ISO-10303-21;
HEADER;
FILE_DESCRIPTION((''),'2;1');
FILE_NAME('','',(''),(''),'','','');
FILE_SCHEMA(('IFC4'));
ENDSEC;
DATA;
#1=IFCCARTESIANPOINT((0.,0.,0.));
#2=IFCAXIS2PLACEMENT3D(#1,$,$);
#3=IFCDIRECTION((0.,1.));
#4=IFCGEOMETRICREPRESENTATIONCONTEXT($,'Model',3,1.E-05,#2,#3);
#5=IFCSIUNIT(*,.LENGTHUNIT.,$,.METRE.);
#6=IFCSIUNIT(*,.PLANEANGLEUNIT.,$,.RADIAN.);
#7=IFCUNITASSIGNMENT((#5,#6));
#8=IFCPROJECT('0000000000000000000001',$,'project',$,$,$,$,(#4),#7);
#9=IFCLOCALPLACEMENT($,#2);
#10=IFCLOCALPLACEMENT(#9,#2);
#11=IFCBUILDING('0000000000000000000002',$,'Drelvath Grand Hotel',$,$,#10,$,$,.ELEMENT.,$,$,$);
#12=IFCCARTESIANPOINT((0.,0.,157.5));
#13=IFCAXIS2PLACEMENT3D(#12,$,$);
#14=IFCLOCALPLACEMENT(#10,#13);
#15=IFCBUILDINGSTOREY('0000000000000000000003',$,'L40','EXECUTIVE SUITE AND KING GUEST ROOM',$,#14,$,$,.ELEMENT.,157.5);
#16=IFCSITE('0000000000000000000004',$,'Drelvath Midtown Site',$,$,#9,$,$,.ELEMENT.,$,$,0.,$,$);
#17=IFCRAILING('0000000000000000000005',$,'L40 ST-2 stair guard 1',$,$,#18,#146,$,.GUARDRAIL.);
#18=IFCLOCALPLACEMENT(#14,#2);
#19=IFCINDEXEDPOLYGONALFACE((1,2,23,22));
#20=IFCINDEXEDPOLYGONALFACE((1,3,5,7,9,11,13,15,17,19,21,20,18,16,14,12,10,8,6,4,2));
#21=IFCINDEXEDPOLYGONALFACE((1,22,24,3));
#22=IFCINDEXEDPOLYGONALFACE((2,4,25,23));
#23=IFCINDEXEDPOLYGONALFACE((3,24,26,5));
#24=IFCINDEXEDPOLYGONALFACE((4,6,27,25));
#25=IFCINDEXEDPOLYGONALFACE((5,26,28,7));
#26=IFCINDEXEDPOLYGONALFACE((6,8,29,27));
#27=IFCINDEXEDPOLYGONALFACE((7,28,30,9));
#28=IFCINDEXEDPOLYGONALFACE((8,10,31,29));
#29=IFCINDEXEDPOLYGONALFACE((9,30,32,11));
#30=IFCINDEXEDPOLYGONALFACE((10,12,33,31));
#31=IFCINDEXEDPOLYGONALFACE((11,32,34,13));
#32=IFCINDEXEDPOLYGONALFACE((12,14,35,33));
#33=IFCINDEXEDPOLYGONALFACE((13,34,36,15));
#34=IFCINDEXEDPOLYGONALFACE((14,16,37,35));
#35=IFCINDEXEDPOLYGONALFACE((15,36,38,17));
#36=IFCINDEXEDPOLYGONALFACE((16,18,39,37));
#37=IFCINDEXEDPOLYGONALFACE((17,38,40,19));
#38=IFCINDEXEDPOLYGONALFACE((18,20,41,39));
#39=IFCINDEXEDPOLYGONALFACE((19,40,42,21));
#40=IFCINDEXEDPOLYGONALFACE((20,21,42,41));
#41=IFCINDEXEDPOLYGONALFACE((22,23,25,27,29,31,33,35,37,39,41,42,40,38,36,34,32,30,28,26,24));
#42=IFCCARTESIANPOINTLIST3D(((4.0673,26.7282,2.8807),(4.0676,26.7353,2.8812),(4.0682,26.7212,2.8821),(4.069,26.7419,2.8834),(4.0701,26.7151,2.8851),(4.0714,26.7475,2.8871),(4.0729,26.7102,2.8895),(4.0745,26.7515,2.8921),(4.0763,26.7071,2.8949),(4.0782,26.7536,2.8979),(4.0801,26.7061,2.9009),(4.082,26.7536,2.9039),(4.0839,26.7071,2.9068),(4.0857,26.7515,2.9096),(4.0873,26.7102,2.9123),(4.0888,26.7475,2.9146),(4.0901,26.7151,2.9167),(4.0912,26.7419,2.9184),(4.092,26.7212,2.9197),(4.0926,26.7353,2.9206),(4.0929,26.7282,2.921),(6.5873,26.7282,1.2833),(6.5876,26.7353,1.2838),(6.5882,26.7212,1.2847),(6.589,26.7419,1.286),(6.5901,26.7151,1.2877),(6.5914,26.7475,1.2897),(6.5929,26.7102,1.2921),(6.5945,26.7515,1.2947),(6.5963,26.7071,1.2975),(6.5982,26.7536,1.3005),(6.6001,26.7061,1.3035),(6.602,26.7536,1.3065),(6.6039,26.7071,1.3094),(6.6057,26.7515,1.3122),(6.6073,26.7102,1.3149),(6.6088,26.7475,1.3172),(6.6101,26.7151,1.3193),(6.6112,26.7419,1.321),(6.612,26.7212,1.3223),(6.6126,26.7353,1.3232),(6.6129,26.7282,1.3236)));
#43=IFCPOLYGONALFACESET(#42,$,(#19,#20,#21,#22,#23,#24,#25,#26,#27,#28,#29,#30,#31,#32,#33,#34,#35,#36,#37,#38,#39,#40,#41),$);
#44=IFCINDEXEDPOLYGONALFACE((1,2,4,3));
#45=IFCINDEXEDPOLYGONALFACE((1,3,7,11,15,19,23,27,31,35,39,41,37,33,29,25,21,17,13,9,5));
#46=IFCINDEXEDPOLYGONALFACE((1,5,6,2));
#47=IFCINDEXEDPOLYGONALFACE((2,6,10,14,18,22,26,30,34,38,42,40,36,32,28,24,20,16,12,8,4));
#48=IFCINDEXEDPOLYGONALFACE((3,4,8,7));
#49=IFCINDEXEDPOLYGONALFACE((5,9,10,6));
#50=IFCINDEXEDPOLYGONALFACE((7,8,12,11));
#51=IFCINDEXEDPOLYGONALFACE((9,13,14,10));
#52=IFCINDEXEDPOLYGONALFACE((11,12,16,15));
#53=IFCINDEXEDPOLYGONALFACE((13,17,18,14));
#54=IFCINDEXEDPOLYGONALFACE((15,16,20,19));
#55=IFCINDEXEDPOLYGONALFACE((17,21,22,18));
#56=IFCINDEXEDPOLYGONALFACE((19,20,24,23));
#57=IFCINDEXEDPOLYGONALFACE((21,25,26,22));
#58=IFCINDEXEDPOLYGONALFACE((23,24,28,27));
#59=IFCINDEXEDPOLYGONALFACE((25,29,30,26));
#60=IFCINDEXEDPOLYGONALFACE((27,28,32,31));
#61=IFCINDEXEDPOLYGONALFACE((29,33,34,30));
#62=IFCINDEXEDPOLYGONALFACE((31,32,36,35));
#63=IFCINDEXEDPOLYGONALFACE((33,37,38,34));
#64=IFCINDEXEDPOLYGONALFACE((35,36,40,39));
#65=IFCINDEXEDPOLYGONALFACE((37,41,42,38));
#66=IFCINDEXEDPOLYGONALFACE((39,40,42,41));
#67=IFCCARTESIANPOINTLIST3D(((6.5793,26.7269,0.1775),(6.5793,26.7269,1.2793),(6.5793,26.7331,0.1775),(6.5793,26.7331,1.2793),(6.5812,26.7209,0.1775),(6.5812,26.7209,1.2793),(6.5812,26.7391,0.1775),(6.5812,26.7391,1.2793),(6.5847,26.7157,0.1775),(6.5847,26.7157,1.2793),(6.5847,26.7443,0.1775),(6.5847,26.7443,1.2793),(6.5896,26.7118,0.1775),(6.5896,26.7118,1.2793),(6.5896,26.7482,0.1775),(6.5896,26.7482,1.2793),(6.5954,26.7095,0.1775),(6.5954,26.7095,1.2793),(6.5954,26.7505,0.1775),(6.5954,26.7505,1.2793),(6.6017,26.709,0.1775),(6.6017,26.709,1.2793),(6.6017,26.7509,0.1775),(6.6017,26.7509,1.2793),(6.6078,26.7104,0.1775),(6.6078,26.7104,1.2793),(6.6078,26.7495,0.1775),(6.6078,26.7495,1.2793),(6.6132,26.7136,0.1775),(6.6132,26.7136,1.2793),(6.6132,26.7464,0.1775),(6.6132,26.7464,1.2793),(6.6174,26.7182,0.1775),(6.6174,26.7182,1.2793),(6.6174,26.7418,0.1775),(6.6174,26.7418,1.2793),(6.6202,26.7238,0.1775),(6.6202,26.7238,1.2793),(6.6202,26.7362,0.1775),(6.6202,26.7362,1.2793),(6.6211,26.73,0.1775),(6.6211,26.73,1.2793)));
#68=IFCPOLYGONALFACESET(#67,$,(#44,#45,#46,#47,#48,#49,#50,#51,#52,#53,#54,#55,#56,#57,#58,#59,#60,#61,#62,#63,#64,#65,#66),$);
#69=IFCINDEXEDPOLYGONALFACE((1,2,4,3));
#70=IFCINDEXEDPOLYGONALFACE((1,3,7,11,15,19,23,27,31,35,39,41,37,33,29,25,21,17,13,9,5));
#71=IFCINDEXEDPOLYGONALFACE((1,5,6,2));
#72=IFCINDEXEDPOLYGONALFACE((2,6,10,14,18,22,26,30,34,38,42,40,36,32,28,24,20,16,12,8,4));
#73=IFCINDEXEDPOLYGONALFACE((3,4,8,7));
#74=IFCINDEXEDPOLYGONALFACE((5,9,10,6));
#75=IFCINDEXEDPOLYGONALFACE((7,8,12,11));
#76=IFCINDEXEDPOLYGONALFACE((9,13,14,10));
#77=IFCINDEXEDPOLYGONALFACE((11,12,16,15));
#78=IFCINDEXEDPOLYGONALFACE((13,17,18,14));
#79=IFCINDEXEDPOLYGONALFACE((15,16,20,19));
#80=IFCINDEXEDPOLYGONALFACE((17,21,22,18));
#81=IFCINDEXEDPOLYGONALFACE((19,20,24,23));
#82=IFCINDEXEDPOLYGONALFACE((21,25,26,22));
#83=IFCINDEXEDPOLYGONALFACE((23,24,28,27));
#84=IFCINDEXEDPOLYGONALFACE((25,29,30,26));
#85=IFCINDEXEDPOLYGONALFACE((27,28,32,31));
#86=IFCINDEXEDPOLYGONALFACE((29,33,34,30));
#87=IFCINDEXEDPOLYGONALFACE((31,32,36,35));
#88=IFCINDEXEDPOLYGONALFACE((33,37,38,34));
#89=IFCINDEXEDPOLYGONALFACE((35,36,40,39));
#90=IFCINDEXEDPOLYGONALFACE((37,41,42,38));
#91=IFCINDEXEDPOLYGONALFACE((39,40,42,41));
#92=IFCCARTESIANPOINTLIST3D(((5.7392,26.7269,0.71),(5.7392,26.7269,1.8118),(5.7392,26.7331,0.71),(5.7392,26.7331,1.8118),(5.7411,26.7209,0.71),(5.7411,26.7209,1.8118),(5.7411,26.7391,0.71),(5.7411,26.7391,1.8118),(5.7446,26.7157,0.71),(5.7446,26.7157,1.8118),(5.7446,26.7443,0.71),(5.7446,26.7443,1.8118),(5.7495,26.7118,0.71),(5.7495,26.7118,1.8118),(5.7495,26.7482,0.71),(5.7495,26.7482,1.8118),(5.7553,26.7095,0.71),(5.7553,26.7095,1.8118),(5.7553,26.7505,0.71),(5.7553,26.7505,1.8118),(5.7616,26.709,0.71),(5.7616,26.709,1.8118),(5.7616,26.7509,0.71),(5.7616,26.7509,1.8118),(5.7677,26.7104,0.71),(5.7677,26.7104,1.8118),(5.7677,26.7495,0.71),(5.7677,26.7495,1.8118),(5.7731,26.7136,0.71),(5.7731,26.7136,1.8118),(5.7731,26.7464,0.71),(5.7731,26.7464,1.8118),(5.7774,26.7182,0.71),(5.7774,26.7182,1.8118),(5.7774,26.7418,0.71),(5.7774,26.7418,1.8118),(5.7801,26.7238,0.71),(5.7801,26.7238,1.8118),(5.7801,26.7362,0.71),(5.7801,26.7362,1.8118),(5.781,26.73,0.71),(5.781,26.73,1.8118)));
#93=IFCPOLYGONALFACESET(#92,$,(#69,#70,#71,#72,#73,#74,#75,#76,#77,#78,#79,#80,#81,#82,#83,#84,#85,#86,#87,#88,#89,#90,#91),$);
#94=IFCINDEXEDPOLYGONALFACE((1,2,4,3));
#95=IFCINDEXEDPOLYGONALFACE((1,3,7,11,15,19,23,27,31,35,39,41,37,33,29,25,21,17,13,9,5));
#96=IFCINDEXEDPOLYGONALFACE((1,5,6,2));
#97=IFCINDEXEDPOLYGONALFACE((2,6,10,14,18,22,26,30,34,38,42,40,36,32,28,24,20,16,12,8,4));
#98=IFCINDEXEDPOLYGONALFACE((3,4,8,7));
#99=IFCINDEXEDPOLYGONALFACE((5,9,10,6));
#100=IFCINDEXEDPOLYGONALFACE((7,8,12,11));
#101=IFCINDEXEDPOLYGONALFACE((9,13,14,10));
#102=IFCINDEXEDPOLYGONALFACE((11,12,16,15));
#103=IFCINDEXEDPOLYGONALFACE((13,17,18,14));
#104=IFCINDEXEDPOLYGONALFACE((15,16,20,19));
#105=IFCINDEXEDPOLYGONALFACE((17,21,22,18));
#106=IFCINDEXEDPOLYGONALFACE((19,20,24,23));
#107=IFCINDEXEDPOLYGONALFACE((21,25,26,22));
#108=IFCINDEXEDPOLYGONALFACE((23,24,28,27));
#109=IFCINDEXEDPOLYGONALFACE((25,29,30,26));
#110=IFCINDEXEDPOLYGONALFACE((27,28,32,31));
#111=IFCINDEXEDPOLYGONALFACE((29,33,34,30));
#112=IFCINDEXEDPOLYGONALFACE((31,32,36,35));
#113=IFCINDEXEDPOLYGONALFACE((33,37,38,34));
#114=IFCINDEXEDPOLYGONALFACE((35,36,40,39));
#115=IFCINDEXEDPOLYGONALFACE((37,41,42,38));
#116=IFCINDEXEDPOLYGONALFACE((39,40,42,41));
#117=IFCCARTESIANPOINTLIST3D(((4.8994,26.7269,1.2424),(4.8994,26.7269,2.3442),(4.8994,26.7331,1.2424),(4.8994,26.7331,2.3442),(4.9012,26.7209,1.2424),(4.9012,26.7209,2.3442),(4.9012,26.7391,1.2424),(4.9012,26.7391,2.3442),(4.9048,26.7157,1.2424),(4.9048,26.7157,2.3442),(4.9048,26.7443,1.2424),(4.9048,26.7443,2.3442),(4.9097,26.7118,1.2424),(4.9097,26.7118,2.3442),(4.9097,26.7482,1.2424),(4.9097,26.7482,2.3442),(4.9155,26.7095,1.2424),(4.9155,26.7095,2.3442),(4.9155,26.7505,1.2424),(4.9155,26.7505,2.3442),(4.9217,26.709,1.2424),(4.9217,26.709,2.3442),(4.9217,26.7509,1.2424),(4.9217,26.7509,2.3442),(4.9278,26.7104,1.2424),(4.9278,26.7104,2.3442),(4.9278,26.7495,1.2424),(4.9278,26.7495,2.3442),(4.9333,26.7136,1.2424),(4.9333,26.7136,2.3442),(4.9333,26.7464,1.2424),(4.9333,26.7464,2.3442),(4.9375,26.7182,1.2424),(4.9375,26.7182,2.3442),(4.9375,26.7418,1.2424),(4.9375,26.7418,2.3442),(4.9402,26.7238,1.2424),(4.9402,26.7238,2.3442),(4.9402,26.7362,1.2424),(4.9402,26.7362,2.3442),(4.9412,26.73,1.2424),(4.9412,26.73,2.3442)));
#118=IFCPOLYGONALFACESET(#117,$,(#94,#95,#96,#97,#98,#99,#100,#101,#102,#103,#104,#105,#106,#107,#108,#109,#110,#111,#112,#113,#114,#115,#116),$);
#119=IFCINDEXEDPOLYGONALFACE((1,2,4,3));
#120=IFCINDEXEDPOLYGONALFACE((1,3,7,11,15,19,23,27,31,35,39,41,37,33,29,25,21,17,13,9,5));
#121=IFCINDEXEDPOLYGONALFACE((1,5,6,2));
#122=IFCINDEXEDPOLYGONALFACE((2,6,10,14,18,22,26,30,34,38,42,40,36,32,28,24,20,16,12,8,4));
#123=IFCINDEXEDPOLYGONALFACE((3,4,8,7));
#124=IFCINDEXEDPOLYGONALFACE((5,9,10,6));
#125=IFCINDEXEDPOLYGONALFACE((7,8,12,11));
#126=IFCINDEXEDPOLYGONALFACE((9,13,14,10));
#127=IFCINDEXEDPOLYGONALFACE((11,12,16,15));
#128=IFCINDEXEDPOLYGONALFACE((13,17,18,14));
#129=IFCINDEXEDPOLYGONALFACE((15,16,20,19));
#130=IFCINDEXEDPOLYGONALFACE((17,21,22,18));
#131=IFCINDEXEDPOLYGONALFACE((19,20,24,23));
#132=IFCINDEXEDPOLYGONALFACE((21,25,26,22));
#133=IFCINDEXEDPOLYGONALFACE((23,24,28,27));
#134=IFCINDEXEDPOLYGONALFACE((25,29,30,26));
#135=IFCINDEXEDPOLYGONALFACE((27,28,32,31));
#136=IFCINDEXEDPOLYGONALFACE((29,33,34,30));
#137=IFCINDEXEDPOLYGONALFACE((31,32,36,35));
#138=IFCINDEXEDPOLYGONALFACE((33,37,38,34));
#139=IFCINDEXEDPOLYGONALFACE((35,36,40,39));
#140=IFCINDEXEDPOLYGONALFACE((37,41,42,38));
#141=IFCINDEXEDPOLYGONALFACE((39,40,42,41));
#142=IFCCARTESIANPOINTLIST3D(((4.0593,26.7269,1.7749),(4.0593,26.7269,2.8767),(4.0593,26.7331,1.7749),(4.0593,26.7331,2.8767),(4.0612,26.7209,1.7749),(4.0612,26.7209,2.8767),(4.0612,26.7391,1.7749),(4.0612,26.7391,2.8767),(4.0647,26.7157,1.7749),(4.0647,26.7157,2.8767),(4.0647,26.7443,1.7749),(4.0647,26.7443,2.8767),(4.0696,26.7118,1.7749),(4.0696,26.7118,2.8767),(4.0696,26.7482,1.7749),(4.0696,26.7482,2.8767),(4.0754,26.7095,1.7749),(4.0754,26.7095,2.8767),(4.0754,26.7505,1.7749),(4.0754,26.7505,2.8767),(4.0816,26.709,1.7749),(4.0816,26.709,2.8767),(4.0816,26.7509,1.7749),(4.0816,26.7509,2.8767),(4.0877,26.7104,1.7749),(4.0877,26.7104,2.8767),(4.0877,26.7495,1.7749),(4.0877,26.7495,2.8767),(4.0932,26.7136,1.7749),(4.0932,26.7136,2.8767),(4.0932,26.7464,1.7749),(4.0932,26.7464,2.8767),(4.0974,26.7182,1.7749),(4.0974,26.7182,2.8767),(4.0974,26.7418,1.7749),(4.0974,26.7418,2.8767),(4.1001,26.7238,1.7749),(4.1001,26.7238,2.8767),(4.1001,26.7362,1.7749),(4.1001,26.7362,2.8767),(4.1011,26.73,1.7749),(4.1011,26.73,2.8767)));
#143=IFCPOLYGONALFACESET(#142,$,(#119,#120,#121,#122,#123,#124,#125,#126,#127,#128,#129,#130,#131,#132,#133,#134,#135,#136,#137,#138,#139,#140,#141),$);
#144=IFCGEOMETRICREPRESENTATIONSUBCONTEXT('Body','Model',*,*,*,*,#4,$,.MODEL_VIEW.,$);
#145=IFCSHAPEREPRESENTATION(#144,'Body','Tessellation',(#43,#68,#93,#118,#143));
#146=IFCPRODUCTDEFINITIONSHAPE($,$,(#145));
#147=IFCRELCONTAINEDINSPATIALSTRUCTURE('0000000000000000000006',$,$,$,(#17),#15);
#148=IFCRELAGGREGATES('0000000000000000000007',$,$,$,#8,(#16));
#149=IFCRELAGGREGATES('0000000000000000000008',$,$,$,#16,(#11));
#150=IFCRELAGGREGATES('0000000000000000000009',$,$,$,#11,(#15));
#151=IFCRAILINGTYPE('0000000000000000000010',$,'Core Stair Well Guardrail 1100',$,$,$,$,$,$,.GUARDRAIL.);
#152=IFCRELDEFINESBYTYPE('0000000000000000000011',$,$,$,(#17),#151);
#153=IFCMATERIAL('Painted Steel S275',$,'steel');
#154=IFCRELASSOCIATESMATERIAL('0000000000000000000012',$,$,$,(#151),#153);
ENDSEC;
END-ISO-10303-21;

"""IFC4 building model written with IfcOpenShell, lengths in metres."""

from ifc_helpers import new_model, si_unit, direction, frame, origin, origin_2d, place, context, subcontext, project, spatial, circle, extrude, material, type_object, element, save


model = new_model("IFC4")

# Units and contexts
model_context = context("Model", 3, precision=1e-05, world=origin(), true_north=direction((0.0, 1.0)))
body_context = subcontext(model_context, "Body", "Model", "MODEL_VIEW")
ifc_project = project(units=[si_unit("LENGTHUNIT", "METRE"), si_unit("PLANEANGLEUNIT", "RADIAN")], contexts=[model_context])

# Site, building, storey
site_placement = place(None, origin())
site = spatial("IfcSite", under=ifc_project, at=site_placement, Name="Drelvath Midtown Site", CompositionType="ELEMENT", RefElevation=0.0)
building_placement = place(site_placement, origin())
building = spatial("IfcBuilding", under=site, at=building_placement, Name="Drelvath Grand Hotel", CompositionType="ELEMENT")
storey_placement = place(building_placement, frame((0.0, 0.0, 157.5)))
storey = spatial("IfcBuildingStorey", under=building, at=storey_placement, Name="L40", Description="EXECUTIVE SUITE AND KING GUEST ROOM", CompositionType="ELEMENT", Elevation=157.5)

# Railing
ifc_material_1 = material(Name="Painted Steel S275", Category="steel")
railing_type_1 = type_object("IfcRailingType", Name="Core Stair Well Guardrail 1100", PredefinedType="GUARDRAIL", material=ifc_material_1)
railing_1_placement = place(storey_placement, frame((6.6001, 26.73, 0.1775)))
element("IfcRailing", 1, at=railing_1_placement, inside=storey, type_object=railing_type_1, Name="L40 ST-2 stair guard 1", PredefinedType="GUARDRAIL", context=body_context, shape_type="SweptSolid", body=[
    extrude(circle(Radius=0.0239, at=origin_2d()), frame((0.0, 0.0, 1.126), z_axis=(-0.844607, 0.0, 0.535387), x_axis=(0.0, -1.0, 0.0)), (0.0, 0.0, 1.0), 2.9836),
    extrude(circle(Radius=0.021, at=origin_2d()), origin(), (0.0, 0.0, 1.0), 1.1018),
    extrude(circle(Radius=0.021, at=origin_2d()), frame((-0.8401, 0.0, 0.5325)), (0.0, 0.0, 1.0), 1.1018),
    extrude(circle(Radius=0.021, at=origin_2d()), frame((-1.6799, 0.0, 1.0649)), (0.0, 0.0, 1.0), 1.1018),
    extrude(circle(Radius=0.021, at=origin_2d()), frame((-2.52, 0.0, 1.5974)), (0.0, 0.0, 1.0), 1.1018),
])

save(model, "model.ifc")
